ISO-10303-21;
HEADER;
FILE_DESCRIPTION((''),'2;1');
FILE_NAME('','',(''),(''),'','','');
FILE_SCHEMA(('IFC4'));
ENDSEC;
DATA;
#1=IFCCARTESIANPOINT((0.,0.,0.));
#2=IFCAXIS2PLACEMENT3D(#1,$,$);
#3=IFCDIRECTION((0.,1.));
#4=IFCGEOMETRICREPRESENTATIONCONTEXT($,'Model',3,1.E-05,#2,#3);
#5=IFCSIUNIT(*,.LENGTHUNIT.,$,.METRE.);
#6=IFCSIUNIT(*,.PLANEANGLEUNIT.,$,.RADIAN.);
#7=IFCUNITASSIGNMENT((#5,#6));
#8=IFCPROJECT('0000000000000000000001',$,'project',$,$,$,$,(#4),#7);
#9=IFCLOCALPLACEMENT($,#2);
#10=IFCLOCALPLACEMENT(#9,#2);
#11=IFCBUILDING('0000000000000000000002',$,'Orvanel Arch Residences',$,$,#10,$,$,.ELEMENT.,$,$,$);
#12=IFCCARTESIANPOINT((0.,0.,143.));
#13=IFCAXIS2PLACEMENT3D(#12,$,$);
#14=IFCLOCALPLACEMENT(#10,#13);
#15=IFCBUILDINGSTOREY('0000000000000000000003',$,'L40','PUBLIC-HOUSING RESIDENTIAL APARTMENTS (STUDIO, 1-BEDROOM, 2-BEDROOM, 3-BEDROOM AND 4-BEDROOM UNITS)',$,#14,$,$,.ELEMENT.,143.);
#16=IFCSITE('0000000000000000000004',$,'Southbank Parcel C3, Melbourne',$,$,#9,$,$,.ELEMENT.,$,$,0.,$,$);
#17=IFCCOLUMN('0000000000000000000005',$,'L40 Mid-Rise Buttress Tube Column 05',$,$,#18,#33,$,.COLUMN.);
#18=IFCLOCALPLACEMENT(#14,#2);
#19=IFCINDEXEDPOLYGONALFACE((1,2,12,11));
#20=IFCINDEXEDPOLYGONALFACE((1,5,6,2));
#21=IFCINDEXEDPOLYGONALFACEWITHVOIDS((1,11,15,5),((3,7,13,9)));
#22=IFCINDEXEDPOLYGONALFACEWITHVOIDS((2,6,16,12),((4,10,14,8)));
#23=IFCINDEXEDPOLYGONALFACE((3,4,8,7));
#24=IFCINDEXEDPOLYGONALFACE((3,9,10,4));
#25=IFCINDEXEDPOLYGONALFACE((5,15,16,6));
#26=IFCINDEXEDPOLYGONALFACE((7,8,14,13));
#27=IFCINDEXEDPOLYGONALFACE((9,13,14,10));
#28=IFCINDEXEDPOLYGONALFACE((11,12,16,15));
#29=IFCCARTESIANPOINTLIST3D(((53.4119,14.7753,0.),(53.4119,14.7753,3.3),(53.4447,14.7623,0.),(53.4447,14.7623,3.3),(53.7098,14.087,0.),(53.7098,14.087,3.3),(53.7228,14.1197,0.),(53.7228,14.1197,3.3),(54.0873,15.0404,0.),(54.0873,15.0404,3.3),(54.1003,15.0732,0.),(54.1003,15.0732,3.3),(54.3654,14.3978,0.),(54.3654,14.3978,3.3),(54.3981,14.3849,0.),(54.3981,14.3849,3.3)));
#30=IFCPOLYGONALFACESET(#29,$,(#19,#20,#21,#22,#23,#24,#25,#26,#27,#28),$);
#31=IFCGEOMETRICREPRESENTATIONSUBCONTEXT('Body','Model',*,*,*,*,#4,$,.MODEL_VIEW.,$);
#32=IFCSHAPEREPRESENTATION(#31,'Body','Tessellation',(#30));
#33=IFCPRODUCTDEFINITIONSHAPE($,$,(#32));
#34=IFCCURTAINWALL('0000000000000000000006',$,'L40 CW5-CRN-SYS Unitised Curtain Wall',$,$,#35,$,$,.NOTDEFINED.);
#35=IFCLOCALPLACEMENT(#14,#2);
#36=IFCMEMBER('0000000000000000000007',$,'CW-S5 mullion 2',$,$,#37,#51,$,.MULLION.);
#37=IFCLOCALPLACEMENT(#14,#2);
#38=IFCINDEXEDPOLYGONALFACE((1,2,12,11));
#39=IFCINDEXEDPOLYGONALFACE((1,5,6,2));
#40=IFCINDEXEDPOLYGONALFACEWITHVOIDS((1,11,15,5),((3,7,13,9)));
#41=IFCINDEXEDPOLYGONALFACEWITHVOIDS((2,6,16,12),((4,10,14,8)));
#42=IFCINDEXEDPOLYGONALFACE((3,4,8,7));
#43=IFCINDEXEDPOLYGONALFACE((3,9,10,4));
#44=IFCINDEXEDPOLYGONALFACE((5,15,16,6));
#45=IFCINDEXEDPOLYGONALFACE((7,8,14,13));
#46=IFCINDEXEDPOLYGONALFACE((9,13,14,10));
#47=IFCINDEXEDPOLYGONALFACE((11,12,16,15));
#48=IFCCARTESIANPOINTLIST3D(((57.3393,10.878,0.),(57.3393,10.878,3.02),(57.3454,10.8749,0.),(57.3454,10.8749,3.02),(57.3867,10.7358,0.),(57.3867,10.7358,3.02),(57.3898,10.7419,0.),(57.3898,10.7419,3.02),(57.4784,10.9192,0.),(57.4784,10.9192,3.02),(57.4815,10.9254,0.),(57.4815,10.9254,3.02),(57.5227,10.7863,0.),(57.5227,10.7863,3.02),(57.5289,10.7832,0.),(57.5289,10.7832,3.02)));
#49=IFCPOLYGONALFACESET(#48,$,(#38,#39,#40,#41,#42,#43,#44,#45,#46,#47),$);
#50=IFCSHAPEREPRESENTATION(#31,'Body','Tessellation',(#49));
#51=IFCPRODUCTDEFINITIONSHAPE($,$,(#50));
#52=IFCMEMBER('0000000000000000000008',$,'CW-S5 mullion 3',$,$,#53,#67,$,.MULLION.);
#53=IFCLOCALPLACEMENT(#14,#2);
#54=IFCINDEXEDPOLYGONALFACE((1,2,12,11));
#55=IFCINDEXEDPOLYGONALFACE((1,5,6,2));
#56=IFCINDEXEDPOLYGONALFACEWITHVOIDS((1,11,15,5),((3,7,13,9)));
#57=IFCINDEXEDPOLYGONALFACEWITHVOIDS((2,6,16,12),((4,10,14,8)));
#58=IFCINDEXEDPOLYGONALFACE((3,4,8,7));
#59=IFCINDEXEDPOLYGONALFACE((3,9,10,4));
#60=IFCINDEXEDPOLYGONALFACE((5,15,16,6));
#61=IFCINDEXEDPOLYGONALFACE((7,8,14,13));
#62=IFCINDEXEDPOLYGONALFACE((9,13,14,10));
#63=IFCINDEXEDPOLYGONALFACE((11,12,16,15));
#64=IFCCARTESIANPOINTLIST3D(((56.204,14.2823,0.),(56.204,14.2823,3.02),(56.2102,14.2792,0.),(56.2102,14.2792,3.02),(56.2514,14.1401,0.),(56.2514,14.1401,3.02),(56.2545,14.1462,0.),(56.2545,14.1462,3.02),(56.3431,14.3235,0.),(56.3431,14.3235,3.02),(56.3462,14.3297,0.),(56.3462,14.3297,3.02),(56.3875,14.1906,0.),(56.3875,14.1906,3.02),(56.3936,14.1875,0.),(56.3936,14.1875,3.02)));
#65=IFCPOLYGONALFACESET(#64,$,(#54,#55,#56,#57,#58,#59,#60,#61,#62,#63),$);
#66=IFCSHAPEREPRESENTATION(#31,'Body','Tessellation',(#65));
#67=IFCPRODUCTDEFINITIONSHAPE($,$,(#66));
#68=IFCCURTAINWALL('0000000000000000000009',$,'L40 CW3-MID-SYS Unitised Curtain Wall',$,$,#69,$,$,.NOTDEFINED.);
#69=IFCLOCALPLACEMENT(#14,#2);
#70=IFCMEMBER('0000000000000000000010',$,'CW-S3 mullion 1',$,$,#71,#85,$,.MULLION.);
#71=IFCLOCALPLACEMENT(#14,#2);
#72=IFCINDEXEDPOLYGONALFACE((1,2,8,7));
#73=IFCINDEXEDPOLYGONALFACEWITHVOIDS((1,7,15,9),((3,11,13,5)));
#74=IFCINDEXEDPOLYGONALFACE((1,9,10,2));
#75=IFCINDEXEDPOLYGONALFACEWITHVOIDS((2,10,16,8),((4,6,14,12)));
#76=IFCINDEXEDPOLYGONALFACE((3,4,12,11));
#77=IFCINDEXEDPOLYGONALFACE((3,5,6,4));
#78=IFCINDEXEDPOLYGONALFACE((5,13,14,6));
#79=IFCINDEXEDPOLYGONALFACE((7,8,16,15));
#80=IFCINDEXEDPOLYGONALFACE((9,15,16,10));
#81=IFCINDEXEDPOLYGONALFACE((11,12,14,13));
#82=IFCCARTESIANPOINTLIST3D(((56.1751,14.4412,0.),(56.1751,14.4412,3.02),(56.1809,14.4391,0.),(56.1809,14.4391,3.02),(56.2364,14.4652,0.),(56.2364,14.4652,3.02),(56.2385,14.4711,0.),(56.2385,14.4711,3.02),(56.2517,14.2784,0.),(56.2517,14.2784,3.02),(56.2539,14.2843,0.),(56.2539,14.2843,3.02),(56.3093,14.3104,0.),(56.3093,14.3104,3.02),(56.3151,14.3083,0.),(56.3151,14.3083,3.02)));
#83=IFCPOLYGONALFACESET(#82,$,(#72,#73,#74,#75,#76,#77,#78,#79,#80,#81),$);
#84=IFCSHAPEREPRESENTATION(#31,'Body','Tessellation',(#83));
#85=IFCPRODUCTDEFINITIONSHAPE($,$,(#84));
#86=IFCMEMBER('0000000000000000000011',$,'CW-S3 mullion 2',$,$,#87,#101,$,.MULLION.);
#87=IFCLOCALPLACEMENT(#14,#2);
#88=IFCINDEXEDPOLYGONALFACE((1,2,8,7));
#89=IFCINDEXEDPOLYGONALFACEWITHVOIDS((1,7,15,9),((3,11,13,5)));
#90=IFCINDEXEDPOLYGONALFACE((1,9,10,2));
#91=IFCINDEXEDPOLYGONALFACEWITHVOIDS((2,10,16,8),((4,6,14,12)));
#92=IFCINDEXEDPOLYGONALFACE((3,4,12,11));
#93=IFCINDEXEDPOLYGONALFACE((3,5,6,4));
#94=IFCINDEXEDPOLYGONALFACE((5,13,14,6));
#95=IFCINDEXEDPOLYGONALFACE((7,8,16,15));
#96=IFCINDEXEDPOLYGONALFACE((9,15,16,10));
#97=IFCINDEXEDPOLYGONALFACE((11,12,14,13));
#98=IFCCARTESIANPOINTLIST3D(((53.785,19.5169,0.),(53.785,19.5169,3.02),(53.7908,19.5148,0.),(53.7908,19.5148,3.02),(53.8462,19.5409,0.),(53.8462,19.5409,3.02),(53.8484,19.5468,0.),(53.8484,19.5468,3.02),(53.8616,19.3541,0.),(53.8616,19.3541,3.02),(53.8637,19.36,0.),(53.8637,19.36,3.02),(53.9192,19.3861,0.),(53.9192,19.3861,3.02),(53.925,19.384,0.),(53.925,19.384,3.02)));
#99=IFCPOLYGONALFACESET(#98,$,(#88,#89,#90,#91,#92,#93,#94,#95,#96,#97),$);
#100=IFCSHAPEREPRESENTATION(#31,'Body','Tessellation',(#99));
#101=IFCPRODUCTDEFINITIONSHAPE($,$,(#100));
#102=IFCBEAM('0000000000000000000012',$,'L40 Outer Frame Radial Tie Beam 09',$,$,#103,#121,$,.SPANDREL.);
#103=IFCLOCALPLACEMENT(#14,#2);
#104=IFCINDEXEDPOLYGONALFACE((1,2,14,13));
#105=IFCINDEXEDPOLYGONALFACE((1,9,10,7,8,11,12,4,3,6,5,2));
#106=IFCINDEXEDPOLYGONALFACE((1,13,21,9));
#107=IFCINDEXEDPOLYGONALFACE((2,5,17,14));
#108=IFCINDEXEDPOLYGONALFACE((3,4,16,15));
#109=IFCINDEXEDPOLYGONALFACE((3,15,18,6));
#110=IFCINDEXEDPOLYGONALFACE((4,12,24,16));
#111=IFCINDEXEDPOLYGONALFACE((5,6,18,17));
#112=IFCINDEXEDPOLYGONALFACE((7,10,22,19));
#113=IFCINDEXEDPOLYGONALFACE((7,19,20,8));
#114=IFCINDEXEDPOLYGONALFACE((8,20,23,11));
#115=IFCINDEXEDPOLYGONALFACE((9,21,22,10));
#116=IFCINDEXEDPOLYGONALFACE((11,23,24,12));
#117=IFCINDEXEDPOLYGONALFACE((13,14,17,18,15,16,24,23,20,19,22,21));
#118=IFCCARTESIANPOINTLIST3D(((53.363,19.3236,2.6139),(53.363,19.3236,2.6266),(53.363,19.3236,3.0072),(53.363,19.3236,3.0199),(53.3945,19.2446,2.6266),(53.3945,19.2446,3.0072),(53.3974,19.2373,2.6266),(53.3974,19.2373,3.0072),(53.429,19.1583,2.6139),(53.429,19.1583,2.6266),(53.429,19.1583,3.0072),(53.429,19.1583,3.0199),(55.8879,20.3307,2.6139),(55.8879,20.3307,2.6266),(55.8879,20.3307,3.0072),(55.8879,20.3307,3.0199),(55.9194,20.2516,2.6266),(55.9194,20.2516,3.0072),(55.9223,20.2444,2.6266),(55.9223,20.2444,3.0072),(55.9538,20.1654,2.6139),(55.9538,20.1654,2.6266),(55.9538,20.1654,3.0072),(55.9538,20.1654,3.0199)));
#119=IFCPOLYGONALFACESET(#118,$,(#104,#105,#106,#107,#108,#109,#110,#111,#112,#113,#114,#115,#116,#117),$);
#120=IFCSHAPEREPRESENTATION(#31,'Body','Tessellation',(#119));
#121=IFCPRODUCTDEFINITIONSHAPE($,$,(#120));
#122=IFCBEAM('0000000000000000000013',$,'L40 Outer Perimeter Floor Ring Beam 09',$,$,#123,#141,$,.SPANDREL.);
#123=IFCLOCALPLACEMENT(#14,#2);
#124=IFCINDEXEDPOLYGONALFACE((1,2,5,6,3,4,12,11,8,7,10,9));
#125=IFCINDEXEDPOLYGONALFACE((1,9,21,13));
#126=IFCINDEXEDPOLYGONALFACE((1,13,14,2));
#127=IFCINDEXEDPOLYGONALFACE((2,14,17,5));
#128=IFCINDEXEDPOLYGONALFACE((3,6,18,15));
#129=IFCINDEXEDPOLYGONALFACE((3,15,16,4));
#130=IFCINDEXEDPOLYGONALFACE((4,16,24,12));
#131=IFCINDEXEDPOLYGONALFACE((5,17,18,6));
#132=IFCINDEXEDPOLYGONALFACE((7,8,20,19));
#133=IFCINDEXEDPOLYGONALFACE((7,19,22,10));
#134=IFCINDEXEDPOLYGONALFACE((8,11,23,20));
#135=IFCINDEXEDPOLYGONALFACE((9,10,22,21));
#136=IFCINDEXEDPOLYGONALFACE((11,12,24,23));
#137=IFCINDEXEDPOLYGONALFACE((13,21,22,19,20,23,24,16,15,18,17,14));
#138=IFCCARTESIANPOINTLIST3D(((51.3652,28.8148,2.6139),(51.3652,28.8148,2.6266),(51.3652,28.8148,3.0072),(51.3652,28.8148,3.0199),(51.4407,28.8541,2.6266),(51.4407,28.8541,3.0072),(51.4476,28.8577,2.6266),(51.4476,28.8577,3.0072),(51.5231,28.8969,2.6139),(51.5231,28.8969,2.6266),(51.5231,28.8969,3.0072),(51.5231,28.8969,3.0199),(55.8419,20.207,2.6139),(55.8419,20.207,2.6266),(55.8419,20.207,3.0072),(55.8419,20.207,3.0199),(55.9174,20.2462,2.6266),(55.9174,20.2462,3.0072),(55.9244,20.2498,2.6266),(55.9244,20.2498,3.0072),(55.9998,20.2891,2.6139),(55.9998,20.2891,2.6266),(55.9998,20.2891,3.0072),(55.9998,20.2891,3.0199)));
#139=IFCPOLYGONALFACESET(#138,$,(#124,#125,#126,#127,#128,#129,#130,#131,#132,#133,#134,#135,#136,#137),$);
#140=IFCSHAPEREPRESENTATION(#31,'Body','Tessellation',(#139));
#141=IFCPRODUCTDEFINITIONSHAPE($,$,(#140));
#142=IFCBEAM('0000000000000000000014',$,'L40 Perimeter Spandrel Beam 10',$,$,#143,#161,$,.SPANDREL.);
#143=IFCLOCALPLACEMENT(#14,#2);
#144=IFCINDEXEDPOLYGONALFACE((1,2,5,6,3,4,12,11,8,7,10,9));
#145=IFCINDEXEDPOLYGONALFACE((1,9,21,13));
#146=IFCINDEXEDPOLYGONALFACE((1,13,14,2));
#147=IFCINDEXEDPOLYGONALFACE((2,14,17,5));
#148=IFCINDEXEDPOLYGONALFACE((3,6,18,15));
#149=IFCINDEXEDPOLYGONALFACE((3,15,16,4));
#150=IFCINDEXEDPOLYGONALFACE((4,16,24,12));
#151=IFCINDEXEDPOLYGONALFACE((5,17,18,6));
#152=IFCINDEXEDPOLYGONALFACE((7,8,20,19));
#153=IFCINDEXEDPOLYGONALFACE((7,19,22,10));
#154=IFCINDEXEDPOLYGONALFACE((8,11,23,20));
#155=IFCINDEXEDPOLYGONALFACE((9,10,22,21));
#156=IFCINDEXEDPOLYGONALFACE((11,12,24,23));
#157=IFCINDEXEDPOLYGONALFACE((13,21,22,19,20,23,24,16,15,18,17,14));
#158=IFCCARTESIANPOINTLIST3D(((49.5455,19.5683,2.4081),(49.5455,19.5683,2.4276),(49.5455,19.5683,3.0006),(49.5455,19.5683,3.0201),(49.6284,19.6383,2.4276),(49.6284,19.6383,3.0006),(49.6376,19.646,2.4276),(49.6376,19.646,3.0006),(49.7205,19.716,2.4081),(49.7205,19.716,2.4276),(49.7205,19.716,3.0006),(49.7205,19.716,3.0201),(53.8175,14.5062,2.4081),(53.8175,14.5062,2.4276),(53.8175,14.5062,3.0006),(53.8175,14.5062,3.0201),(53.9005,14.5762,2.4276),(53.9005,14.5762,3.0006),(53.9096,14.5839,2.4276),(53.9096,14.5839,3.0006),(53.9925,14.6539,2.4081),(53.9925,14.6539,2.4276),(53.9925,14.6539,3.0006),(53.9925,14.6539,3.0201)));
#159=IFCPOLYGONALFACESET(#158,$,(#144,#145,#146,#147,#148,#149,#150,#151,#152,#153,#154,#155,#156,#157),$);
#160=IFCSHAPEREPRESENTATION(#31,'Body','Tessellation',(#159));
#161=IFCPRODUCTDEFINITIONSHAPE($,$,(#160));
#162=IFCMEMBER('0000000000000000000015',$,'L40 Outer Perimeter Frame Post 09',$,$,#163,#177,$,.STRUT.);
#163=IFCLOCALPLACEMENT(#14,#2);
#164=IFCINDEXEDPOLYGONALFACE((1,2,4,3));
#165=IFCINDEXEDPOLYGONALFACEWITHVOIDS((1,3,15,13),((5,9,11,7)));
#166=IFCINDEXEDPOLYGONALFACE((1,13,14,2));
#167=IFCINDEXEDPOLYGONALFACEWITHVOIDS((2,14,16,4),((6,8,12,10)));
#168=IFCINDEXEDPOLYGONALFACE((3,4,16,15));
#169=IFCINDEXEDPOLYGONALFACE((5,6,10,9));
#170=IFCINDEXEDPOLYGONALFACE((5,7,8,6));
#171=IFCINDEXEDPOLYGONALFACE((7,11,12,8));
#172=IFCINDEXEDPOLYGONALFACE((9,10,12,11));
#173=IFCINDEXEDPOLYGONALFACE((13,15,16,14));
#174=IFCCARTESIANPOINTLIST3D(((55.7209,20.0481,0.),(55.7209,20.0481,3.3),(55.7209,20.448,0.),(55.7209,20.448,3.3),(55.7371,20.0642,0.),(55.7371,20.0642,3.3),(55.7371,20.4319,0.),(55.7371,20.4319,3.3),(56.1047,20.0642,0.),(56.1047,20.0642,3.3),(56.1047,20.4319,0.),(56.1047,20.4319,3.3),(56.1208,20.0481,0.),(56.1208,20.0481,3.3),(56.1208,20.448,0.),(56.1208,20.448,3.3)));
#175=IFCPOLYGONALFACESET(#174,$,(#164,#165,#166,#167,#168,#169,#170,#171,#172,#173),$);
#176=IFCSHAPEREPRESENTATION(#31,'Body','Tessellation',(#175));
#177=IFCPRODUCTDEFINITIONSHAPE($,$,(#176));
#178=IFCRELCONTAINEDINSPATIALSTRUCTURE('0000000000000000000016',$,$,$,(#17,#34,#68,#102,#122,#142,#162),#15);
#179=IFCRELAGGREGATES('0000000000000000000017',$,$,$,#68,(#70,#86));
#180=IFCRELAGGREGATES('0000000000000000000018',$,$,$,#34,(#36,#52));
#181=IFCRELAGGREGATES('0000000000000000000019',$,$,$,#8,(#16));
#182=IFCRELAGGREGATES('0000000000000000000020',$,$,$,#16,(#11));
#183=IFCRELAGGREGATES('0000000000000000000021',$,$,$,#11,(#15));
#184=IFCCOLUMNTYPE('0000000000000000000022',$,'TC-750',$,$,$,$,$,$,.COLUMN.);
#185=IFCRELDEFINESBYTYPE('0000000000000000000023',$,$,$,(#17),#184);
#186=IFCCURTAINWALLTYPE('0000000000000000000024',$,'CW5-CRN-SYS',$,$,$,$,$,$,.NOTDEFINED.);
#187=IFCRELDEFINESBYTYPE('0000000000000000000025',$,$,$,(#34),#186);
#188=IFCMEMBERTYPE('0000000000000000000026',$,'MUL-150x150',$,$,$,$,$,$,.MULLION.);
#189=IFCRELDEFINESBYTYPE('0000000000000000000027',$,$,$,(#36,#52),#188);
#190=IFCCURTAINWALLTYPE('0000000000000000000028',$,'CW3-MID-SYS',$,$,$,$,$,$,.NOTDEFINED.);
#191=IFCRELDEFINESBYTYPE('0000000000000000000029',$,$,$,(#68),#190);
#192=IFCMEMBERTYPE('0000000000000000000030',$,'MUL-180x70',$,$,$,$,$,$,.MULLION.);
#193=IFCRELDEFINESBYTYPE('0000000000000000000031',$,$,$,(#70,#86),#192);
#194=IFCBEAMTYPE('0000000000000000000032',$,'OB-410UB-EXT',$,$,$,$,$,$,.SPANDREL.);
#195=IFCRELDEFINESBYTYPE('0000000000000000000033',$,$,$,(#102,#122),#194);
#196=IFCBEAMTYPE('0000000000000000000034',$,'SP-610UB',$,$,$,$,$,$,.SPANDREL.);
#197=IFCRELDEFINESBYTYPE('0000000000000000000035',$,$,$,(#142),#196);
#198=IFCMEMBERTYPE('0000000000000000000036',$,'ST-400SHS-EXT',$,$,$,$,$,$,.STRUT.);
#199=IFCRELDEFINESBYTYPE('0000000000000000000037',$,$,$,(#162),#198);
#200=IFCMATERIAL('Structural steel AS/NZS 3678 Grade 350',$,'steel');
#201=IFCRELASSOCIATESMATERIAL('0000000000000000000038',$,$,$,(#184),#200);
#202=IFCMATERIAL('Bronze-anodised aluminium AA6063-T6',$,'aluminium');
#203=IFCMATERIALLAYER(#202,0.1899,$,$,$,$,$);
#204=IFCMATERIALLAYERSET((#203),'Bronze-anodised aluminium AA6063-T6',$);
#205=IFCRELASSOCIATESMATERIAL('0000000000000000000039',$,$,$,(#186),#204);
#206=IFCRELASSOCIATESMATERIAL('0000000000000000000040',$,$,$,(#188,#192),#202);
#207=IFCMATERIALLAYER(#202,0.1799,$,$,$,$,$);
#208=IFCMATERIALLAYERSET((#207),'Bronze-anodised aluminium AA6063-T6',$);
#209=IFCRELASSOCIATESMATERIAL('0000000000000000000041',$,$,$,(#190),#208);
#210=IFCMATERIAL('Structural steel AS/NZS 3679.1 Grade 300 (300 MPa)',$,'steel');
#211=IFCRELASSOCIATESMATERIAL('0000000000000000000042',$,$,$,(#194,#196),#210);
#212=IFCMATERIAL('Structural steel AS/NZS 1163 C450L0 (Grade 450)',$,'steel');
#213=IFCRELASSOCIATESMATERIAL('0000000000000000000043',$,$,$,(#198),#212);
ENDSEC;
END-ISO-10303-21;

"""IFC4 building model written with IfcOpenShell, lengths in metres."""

from ifc_helpers import new_model, si_unit, direction, frame, origin, origin_2d, place, context, subcontext, project, spatial, hollow_rectangle, i_section, extrude, material, layer, layer_set, material_profile, profile_set, type_object, element, aggregate, save


model = new_model("IFC4")

# Units and contexts
model_context = context("Model", 3, precision=1e-05, world=origin(), true_north=direction((0.0, 1.0)))
body_context = subcontext(model_context, "Body", "Model", "MODEL_VIEW")
ifc_project = project(units=[si_unit("LENGTHUNIT", "METRE"), si_unit("PLANEANGLEUNIT", "RADIAN")], contexts=[model_context])

# Site, building, storey
site_placement = place(None, origin())
site = spatial("IfcSite", under=ifc_project, at=site_placement, Name="Southbank Parcel C3, Melbourne", CompositionType="ELEMENT", RefElevation=0.0)
building_placement = place(site_placement, origin())
building = spatial("IfcBuilding", under=site, at=building_placement, Name="Orvanel Arch Residences", CompositionType="ELEMENT")
storey_placement = place(building_placement, frame((0.0, 0.0, 143.0)))
storey = spatial("IfcBuildingStorey", under=building, at=storey_placement, Name="L40", Description="PUBLIC-HOUSING RESIDENTIAL APARTMENTS (STUDIO, 1-BEDROOM, 2-BEDROOM, 3-BEDROOM AND 4-BEDROOM UNITS)", CompositionType="ELEMENT", Elevation=143.0)

# Column
ifc_material_1 = material(Name="Structural steel AS/NZS 3678 Grade 350", Category="steel")
ifc_material_profile_1 = material_profile(ifc_material_1, hollow_rectangle(XDim=0.75, YDim=0.75, WallThickness=0.0249, at=origin_2d()), Name="BOX750x750x25")
ifc_profile_set_1 = profile_set([ifc_material_profile_1], Name="Structural steel AS/NZS 3678 Grade 350")
column_type = type_object("IfcColumnType", Name="TC-750", PredefinedType="COLUMN", material=ifc_profile_set_1)
column_placement = place(storey_placement, frame((53.905, 14.5801, 0.0), z_axis=(0.0, 0.0, 1.0), x_axis=(-0.397148, 0.917755, 0.0)))
element("IfcColumn", 1, at=column_placement, inside=storey, type_object=column_type, Name="L40 Mid-Rise Buttress Tube Column 05", PredefinedType="COLUMN", context=body_context, shape_type="SweptSolid", body=[
    extrude(hollow_rectangle(XDim=0.75, YDim=0.75, WallThickness=0.0249, at=origin_2d()), origin(), (0.0, 0.0, 1.0), 3.3),
])

# Curtain walls, members
ifc_material_2 = material(Name="Bronze-anodised aluminium AA6063-T6", Category="aluminium")
ifc_layer_1 = layer(ifc_material_2, 0.1899)
ifc_layer_set_1 = layer_set([ifc_layer_1], Name="Bronze-anodised aluminium AA6063-T6")
curtain_wall_type_1 = type_object("IfcCurtainWallType", Name="CW5-CRN-SYS", PredefinedType="NOTDEFINED", material=ifc_layer_set_1)
curtain_wall_1_placement = place(storey_placement, origin())
curtain_wall_1 = element("IfcCurtainWall", 2, at=curtain_wall_1_placement, inside=storey, type_object=curtain_wall_type_1, Name="L40 CW5-CRN-SYS Unitised Curtain Wall", PredefinedType="NOTDEFINED")
ifc_material_profile_2 = material_profile(ifc_material_2, hollow_rectangle(XDim=0.1499, YDim=0.1499, WallThickness=0.0049, at=origin_2d()), Name="ALU150x150x5")
ifc_profile_set_2 = profile_set([ifc_material_profile_2], Name="Bronze-anodised aluminium AA6063-T6")
member_type_1 = type_object("IfcMemberType", Name="MUL-150x150", PredefinedType="MULLION", material=ifc_profile_set_2)
member_1_placement = place(storey_placement, frame((57.4341, 10.8306, 0.0), z_axis=(0.0, 0.0, 1.0), x_axis=(-0.948642, -0.316351, 0.0)))
member_1 = element("IfcMember", 3, at=member_1_placement, type_object=member_type_1, Name="CW-S5 mullion 2", PredefinedType="MULLION", context=body_context, shape_type="SweptSolid", body=[
    extrude(hollow_rectangle(XDim=0.1499, YDim=0.1499, WallThickness=0.0049, at=origin_2d()), origin(), (0.0, 0.0, 1.0), 3.02),
])
member_2_placement = place(storey_placement, frame((56.2988, 14.2349, 0.0), z_axis=(0.0, 0.0, 1.0), x_axis=(-0.948642, -0.316351, 0.0)))
member_2 = element("IfcMember", 4, at=member_2_placement, type_object=member_type_1, Name="CW-S5 mullion 3", PredefinedType="MULLION", context=body_context, shape_type="SweptSolid", body=[
    extrude(hollow_rectangle(XDim=0.1499, YDim=0.1499, WallThickness=0.0049, at=origin_2d()), origin(), (0.0, 0.0, 1.0), 3.02),
])
ifc_layer_2 = layer(ifc_material_2, 0.1799)
ifc_layer_set_2 = layer_set([ifc_layer_2], Name="Bronze-anodised aluminium AA6063-T6")
curtain_wall_type_2 = type_object("IfcCurtainWallType", Name="CW3-MID-SYS", PredefinedType="NOTDEFINED", material=ifc_layer_set_2)
curtain_wall_2_placement = place(storey_placement, origin())
curtain_wall_2 = element("IfcCurtainWall", 5, at=curtain_wall_2_placement, inside=storey, type_object=curtain_wall_type_2, Name="L40 CW3-MID-SYS Unitised Curtain Wall", PredefinedType="NOTDEFINED")
ifc_material_profile_3 = material_profile(ifc_material_2, hollow_rectangle(XDim=0.0701, YDim=0.1799, WallThickness=0.0044, at=origin_2d()), Name="ALU180x70x4.5")
ifc_profile_set_3 = profile_set([ifc_material_profile_3], Name="Bronze-anodised aluminium AA6063-T6")
member_type_2 = type_object("IfcMemberType", Name="MUL-180x70", PredefinedType="MULLION", material=ifc_profile_set_3)
member_3_placement = place(storey_placement, frame((56.2451, 14.3748, 0.0), z_axis=(0.0, 0.0, 1.0), x_axis=(-0.904718, -0.42601, 0.0)))
member_3 = element("IfcMember", 6, at=member_3_placement, type_object=member_type_2, Name="CW-S3 mullion 1", PredefinedType="MULLION", context=body_context, shape_type="SweptSolid", body=[
    extrude(hollow_rectangle(XDim=0.0701, YDim=0.1799, WallThickness=0.0044, at=origin_2d()), origin(), (0.0, 0.0, 1.0), 3.02),
])
member_4_placement = place(storey_placement, frame((53.855, 19.4504, 0.0), z_axis=(0.0, 0.0, 1.0), x_axis=(-0.904718, -0.42601, 0.0)))
member_4 = element("IfcMember", 7, at=member_4_placement, type_object=member_type_2, Name="CW-S3 mullion 2", PredefinedType="MULLION", context=body_context, shape_type="SweptSolid", body=[
    extrude(hollow_rectangle(XDim=0.0701, YDim=0.1799, WallThickness=0.0044, at=origin_2d()), origin(), (0.0, 0.0, 1.0), 3.02),
])

# Beams
ifc_material_3 = material(Name="Structural steel AS/NZS 3679.1 Grade 300 (300 MPa)", Category="steel")
ifc_material_profile_4 = material_profile(ifc_material_3, i_section(OverallWidth=0.178, OverallDepth=0.406, WebThickness=0.0078, FlangeThickness=0.0127, at=origin_2d()), Name="410UB59.7")
ifc_profile_set_4 = profile_set([ifc_material_profile_4], Name="Structural steel AS/NZS 3679.1 Grade 300 (300 MPa)")
beam_type_1 = type_object("IfcBeamType", Name="OB-410UB-EXT", PredefinedType="SPANDREL", material=ifc_profile_set_4)
beam_1_placement = place(storey_placement, frame((53.396, 19.241, 2.8169), z_axis=(0.928842, 0.370477, 0.0), x_axis=(-0.370477, 0.928842, 0.0)))
element("IfcBeam", 8, at=beam_1_placement, inside=storey, type_object=beam_type_1, Name="L40 Outer Frame Radial Tie Beam 09", PredefinedType="SPANDREL", context=body_context, shape_type="SweptSolid", body=[
    extrude(i_section(OverallWidth=0.178, OverallDepth=0.406, WebThickness=0.0078, FlangeThickness=0.0127, at=origin_2d()), origin(), (0.0, 0.0, 1.0), 2.7183),
])
beam_2_placement = place(storey_placement, frame((55.9209, 20.248, 2.8169), z_axis=(-0.461409, 0.887188, 0.0), x_axis=(-0.887188, -0.461409, 0.0)))
element("IfcBeam", 9, at=beam_2_placement, inside=storey, type_object=beam_type_1, Name="L40 Outer Perimeter Floor Ring Beam 09", PredefinedType="SPANDREL", context=body_context, shape_type="SweptSolid", body=[
    extrude(i_section(OverallWidth=0.178, OverallDepth=0.406, WebThickness=0.0078, FlangeThickness=0.0127, at=origin_2d()), origin(), (0.0, 0.0, 1.0), 9.7024),
])
ifc_material_profile_5 = material_profile(ifc_material_3, i_section(OverallWidth=0.229, OverallDepth=0.6121, WebThickness=0.012, FlangeThickness=0.0195, at=origin_2d()), Name="610UB125")
ifc_profile_set_5 = profile_set([ifc_material_profile_5], Name="Structural steel AS/NZS 3679.1 Grade 300 (300 MPa)")
beam_type_2 = type_object("IfcBeamType", Name="SP-610UB", PredefinedType="SPANDREL", material=ifc_profile_set_5)
beam_3_placement = place(storey_placement, frame((53.905, 14.5801, 2.7141), z_axis=(-0.64495, 0.764224, 0.0), x_axis=(-0.764224, -0.64495, 0.0)))
element("IfcBeam", 10, at=beam_3_placement, inside=storey, type_object=beam_type_2, Name="L40 Perimeter Spandrel Beam 10", PredefinedType="SPANDREL", context=body_context, shape_type="SweptSolid", body=[
    extrude(i_section(OverallWidth=0.229, OverallDepth=0.6121, WebThickness=0.012, FlangeThickness=0.0195, at=origin_2d()), origin(), (0.0, 0.0, 1.0), 6.6238),
])

# Member
ifc_material_4 = material(Name="Structural steel AS/NZS 1163 C450L0 (Grade 450)", Category="steel")
ifc_material_profile_6 = material_profile(ifc_material_4, hollow_rectangle(XDim=0.3999, YDim=0.3999, WallThickness=0.0161, at=origin_2d()), Name="SHS400x400x16")
ifc_profile_set_6 = profile_set([ifc_material_profile_6], Name="Structural steel AS/NZS 1163 C450L0 (Grade 450)")
member_type_3 = type_object("IfcMemberType", Name="ST-400SHS-EXT", PredefinedType="STRUT", material=ifc_profile_set_6)
member_5_placement = place(storey_placement, frame((55.9209, 20.248, 0.0), z_axis=(0.0, 0.0, 1.0), x_axis=(1.0, 0.0, 0.0)))
element("IfcMember", 11, at=member_5_placement, inside=storey, type_object=member_type_3, Name="L40 Outer Perimeter Frame Post 09", PredefinedType="STRUT", context=body_context, shape_type="SweptSolid", body=[
    extrude(hollow_rectangle(XDim=0.3999, YDim=0.3999, WallThickness=0.0161, at=origin_2d()), origin(), (0.0, 0.0, 1.0), 3.3),
])

aggregate(curtain_wall_2, [member_3, member_4])
aggregate(curtain_wall_1, [member_1, member_2])

save(model, "model.ifc")
